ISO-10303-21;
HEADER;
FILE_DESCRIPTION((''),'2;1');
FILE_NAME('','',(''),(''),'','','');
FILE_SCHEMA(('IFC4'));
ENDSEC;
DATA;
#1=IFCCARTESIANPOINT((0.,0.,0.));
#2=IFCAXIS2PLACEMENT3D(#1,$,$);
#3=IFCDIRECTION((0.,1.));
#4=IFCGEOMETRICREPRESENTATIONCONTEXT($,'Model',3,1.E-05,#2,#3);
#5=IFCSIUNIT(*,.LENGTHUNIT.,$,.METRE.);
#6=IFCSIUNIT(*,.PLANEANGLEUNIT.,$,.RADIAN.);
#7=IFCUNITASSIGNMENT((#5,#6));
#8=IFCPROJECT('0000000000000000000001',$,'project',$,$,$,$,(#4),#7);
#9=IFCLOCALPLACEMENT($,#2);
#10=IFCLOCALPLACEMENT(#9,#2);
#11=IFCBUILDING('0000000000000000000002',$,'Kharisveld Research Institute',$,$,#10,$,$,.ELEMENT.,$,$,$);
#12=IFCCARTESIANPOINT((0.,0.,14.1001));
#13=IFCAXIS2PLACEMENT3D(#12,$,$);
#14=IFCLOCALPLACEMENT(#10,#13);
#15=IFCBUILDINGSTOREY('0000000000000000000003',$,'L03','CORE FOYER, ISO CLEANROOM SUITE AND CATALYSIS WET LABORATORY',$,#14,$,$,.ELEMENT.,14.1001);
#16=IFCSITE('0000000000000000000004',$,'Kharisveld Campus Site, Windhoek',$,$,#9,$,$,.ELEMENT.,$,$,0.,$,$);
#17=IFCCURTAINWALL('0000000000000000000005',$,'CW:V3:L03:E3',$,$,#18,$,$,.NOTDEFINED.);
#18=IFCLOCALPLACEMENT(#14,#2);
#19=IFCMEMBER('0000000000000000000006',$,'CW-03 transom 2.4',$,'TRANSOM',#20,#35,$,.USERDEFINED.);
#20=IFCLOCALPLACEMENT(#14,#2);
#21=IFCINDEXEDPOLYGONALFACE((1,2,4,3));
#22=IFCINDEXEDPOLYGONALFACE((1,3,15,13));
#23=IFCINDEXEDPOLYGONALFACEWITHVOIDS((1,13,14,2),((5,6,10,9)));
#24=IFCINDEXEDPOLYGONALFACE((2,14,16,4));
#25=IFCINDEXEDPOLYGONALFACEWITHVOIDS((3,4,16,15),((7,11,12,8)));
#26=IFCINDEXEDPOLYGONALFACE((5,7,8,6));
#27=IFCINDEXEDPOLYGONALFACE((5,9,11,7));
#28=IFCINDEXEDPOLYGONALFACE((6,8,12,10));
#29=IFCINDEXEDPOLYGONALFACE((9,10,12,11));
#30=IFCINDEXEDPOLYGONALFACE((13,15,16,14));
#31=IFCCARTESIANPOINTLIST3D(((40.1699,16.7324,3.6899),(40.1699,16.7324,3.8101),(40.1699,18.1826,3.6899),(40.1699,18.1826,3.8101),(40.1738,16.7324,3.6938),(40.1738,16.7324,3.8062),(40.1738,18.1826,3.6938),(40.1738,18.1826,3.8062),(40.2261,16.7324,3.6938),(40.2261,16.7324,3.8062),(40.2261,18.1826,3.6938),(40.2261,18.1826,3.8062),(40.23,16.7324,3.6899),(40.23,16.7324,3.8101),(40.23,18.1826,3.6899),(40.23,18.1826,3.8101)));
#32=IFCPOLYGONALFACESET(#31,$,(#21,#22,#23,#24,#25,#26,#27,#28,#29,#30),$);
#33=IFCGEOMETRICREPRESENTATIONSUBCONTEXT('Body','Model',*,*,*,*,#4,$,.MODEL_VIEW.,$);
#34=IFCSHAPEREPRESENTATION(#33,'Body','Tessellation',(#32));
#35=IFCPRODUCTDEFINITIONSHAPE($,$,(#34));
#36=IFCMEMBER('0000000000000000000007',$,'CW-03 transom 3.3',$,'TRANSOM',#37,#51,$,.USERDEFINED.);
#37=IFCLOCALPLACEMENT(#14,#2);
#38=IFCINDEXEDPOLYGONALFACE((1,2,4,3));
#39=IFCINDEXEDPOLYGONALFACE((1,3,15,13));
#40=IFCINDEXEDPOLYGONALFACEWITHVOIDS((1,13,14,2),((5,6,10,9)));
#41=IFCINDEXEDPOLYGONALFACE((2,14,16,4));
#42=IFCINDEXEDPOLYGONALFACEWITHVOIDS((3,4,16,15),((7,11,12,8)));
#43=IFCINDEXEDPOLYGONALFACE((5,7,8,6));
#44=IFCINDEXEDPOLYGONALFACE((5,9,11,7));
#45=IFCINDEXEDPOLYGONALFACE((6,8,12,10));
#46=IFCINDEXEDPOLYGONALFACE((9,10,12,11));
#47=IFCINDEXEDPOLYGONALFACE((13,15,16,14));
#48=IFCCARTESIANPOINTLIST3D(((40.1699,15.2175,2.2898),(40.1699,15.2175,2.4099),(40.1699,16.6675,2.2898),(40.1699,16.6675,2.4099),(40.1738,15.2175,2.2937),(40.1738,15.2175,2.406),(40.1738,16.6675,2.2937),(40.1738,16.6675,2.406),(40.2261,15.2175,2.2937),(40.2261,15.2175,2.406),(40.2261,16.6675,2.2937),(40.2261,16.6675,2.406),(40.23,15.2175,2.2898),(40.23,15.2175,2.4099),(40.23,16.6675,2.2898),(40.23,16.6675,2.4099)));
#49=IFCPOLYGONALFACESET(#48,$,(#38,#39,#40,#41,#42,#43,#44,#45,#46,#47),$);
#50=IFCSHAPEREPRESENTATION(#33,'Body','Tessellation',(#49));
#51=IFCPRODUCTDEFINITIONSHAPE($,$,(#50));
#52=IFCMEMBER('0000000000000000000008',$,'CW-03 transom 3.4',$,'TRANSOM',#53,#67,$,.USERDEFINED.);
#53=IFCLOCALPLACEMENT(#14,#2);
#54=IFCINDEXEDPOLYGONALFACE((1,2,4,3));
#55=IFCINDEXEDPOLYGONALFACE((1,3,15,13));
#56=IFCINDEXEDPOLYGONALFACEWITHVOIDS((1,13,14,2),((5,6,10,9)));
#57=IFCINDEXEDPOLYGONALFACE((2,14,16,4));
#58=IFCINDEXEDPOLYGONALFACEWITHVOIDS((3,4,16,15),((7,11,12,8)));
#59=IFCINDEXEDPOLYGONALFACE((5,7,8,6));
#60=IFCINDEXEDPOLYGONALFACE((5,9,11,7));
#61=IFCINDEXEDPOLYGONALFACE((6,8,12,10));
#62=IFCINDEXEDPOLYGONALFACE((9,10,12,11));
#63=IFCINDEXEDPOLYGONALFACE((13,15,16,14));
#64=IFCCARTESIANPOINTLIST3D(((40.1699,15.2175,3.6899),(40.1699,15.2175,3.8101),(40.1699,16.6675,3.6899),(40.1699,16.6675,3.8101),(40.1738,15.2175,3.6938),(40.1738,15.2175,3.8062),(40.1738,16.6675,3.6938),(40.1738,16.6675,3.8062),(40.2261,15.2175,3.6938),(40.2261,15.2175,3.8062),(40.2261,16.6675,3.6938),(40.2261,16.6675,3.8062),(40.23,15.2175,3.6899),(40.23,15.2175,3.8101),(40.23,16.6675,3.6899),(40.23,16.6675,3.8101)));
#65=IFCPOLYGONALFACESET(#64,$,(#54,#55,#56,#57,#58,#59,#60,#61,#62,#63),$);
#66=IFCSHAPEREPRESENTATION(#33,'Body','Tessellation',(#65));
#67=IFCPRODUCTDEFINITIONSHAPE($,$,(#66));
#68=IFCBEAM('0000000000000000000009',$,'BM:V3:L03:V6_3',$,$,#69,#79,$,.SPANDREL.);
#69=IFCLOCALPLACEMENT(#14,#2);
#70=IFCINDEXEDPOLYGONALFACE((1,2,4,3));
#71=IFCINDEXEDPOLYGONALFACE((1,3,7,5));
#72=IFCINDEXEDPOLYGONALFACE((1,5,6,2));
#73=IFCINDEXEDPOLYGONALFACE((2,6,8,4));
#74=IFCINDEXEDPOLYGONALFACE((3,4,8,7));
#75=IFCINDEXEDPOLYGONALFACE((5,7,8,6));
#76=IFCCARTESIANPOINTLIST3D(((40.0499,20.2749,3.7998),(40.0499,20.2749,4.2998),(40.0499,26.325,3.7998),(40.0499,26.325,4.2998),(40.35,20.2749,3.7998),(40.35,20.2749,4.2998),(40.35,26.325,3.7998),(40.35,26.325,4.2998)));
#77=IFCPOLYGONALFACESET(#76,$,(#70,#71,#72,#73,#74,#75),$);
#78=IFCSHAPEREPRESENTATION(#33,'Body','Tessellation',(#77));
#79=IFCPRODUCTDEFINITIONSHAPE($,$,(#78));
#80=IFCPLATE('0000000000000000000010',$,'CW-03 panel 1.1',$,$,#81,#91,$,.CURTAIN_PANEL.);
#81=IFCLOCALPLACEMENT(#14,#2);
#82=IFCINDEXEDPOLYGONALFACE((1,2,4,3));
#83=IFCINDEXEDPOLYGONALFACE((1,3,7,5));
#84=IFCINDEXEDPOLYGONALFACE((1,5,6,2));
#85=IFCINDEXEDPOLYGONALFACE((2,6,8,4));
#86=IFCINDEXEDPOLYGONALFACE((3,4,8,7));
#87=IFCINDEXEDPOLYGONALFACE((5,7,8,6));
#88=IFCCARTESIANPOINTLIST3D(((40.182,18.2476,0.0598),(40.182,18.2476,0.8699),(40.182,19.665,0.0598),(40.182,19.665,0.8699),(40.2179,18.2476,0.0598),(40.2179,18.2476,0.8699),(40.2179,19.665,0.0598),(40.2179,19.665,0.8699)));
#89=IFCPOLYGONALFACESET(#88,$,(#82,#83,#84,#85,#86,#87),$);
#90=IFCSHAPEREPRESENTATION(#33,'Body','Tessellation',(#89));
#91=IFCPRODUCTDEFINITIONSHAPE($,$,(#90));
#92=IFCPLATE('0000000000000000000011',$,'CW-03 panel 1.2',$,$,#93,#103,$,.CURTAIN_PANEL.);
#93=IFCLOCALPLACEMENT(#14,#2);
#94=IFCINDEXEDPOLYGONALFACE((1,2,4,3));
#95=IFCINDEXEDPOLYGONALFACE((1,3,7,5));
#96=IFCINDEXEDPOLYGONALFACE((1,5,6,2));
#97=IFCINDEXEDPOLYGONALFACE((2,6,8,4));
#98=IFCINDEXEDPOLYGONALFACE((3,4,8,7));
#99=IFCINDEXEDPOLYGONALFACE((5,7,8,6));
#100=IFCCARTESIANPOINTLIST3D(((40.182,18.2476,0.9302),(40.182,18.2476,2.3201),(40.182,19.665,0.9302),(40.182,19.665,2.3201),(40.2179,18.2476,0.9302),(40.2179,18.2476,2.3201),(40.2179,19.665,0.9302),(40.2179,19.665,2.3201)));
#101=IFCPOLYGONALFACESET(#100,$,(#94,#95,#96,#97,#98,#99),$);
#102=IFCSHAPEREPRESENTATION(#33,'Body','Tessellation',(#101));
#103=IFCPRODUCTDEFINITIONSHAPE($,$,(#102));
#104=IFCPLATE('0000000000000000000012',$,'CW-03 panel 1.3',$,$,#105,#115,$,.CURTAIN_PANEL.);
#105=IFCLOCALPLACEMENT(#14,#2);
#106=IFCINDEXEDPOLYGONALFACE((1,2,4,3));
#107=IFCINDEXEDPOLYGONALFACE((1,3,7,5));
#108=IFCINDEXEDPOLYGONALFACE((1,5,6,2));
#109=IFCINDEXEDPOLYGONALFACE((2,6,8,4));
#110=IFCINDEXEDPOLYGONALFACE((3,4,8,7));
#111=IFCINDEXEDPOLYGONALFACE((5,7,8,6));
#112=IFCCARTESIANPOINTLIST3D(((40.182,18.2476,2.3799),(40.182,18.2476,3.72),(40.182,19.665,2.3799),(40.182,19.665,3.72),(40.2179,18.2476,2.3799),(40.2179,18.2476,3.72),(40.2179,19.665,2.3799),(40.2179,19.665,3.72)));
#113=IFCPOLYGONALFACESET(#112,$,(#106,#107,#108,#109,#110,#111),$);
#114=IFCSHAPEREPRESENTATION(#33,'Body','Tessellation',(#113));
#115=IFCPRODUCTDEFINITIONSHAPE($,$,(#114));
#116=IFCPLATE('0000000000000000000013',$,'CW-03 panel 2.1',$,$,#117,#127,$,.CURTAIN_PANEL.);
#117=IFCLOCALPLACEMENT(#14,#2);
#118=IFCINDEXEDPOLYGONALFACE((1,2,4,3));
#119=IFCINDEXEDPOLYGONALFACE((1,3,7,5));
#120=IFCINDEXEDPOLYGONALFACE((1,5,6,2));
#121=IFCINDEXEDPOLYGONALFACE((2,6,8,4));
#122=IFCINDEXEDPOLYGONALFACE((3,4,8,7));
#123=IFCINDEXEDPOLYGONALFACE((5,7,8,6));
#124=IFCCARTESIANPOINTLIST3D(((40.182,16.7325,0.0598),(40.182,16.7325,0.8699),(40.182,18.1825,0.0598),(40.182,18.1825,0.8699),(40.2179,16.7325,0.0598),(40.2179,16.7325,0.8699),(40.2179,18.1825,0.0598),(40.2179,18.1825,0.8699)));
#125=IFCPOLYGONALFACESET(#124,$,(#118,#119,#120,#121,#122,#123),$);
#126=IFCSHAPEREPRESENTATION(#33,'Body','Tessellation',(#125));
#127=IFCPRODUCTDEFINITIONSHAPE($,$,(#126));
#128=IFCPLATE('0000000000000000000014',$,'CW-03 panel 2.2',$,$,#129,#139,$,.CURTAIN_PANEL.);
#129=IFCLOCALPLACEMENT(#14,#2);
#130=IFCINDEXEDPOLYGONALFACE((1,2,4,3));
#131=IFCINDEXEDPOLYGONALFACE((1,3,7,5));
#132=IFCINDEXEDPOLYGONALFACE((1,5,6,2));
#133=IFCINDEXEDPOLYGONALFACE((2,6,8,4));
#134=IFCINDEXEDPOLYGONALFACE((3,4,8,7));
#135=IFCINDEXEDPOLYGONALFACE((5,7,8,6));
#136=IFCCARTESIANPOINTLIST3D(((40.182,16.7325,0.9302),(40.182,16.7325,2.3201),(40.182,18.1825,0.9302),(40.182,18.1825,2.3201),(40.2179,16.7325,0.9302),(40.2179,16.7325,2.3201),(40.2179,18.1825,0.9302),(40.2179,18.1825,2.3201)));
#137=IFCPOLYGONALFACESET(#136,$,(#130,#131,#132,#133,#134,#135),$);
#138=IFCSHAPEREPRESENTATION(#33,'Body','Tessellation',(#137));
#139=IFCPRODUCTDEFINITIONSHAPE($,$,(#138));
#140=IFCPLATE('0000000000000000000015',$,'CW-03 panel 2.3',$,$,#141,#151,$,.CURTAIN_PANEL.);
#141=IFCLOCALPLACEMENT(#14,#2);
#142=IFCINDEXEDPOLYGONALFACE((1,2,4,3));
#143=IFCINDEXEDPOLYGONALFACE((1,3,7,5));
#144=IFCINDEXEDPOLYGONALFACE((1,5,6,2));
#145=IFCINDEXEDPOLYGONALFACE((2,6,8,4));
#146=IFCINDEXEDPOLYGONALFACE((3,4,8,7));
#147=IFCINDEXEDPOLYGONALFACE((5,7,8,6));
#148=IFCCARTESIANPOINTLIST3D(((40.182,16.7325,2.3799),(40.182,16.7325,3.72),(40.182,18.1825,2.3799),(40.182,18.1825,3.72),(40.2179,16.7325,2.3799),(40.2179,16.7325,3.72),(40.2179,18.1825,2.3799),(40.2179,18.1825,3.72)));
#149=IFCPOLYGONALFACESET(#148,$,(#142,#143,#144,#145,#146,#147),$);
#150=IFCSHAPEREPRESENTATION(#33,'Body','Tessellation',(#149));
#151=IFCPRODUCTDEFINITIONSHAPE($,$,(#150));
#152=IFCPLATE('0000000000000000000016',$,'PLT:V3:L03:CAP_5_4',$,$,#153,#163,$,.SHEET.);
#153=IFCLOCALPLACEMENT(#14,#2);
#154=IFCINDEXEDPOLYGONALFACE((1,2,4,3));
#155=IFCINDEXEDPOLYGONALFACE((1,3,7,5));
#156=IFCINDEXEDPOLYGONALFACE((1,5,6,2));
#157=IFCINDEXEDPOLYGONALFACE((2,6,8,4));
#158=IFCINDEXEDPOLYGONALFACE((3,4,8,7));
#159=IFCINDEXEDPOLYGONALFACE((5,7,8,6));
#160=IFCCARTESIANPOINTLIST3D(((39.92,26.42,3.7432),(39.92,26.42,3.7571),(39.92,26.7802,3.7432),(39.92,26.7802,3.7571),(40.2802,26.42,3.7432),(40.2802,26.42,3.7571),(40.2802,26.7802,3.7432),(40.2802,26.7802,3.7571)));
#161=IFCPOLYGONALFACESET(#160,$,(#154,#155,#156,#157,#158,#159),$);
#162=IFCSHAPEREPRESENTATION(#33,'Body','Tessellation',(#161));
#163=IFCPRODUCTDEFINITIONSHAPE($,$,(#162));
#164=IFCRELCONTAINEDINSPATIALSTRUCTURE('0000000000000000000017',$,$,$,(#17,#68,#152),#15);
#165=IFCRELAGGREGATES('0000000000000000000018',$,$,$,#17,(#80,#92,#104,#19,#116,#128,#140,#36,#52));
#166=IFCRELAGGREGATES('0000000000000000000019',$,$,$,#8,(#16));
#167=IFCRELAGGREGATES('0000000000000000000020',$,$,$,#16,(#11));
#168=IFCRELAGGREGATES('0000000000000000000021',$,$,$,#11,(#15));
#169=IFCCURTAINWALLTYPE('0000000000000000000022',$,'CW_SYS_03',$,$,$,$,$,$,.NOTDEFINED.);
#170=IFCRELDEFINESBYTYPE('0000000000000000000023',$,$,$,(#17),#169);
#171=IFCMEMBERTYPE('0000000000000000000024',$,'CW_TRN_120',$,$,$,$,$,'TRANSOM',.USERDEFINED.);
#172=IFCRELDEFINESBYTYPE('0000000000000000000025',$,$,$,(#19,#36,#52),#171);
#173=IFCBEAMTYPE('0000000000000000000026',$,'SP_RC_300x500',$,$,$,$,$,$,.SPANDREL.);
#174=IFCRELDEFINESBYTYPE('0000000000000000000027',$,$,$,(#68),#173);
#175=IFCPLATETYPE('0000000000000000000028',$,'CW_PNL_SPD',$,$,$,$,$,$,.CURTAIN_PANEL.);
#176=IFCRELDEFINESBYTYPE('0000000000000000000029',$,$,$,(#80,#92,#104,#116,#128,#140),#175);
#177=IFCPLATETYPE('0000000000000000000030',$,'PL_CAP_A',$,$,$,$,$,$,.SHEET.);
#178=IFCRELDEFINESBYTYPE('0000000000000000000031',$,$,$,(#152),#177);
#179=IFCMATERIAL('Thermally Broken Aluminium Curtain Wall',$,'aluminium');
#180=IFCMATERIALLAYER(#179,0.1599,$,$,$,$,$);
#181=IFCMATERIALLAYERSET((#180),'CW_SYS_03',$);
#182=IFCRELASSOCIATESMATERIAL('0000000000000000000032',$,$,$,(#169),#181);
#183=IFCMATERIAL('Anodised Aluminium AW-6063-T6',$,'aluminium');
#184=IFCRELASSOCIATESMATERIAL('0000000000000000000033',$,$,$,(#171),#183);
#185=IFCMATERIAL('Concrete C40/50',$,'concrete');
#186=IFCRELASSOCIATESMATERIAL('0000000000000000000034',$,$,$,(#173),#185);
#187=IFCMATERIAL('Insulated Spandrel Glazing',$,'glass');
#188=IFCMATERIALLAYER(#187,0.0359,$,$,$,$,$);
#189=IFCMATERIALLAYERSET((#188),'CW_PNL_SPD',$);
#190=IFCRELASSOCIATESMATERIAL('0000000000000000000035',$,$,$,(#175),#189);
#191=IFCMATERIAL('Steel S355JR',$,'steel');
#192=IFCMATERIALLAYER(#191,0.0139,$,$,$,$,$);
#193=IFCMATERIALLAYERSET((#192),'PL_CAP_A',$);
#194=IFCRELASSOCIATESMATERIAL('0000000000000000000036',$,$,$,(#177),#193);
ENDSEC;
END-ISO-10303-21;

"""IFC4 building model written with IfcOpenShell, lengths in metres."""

from ifc_helpers import new_model, si_unit, direction, frame, origin, origin_2d, place, context, subcontext, project, spatial, rectangle, hollow_rectangle, extrude, material, layer, layer_set, material_profile, profile_set, type_object, element, aggregate, save


model = new_model("IFC4")

# Units and contexts
model_context = context("Model", 3, precision=1e-05, world=origin(), true_north=direction((0.0, 1.0)))
body_context = subcontext(model_context, "Body", "Model", "MODEL_VIEW")
ifc_project = project(units=[si_unit("LENGTHUNIT", "METRE"), si_unit("PLANEANGLEUNIT", "RADIAN")], contexts=[model_context])

# Site, building, storey
site_placement = place(None, origin())
site = spatial("IfcSite", under=ifc_project, at=site_placement, Name="Kharisveld Campus Site, Windhoek", CompositionType="ELEMENT", RefElevation=0.0)
building_placement = place(site_placement, origin())
building = spatial("IfcBuilding", under=site, at=building_placement, Name="Kharisveld Research Institute", CompositionType="ELEMENT")
storey_placement = place(building_placement, frame((0.0, 0.0, 14.1001)))
storey = spatial("IfcBuildingStorey", under=building, at=storey_placement, Name="L03", Description="CORE FOYER, ISO CLEANROOM SUITE AND CATALYSIS WET LABORATORY", CompositionType="ELEMENT", Elevation=14.1001)

# Curtain wall, members
ifc_material_1 = material(Name="Thermally Broken Aluminium Curtain Wall", Category="aluminium")
ifc_layer_1 = layer(ifc_material_1, 0.1599)
ifc_layer_set_1 = layer_set([ifc_layer_1], Name="CW_SYS_03")
curtain_wall_type = type_object("IfcCurtainWallType", Name="CW_SYS_03", PredefinedType="NOTDEFINED", material=ifc_layer_set_1)
curtain_wall_placement = place(storey_placement, origin())
curtain_wall = element("IfcCurtainWall", 1, at=curtain_wall_placement, inside=storey, type_object=curtain_wall_type, Name="CW:V3:L03:E3", PredefinedType="NOTDEFINED")
ifc_material_2 = material(Name="Anodised Aluminium AW-6063-T6", Category="aluminium")
ifc_material_profile_1 = material_profile(ifc_material_2, hollow_rectangle(XDim=0.0601, YDim=0.1201, WallThickness=0.0039, at=origin_2d()))
ifc_profile_set_1 = profile_set([ifc_material_profile_1], Name="Anodised Aluminium AW-6063-T6")
member_type_1 = type_object("IfcMemberType", Name="CW_TRN_120", ElementType="TRANSOM", PredefinedType="USERDEFINED", material=ifc_profile_set_1)
member_1_placement = place(storey_placement, frame((40.2, 18.1826, 3.75), z_axis=(0.0, -1.0, 0.0), x_axis=(1.0, 0.0, 0.0)))
member_1 = element("IfcMember", 2, at=member_1_placement, type_object=member_type_1, Name="CW-03 transom 2.4", ObjectType="TRANSOM", PredefinedType="USERDEFINED", context=body_context, shape_type="SweptSolid", body=[
    extrude(hollow_rectangle(XDim=0.0601, YDim=0.1201, WallThickness=0.0039, at=origin_2d()), origin(), (0.0, 0.0, 1.0), 1.4502),
])
member_2_placement = place(storey_placement, frame((40.2, 16.6675, 2.3499), z_axis=(0.0, -1.0, 0.0), x_axis=(1.0, 0.0, 0.0)))
member_2 = element("IfcMember", 3, at=member_2_placement, type_object=member_type_1, Name="CW-03 transom 3.3", ObjectType="TRANSOM", PredefinedType="USERDEFINED", context=body_context, shape_type="SweptSolid", body=[
    extrude(hollow_rectangle(XDim=0.0601, YDim=0.1201, WallThickness=0.0039, at=origin_2d()), origin(), (0.0, 0.0, 1.0), 1.45),
])
member_3_placement = place(storey_placement, frame((40.2, 16.6675, 3.75), z_axis=(0.0, -1.0, 0.0), x_axis=(1.0, 0.0, 0.0)))
member_3 = element("IfcMember", 4, at=member_3_placement, type_object=member_type_1, Name="CW-03 transom 3.4", ObjectType="TRANSOM", PredefinedType="USERDEFINED", context=body_context, shape_type="SweptSolid", body=[
    extrude(hollow_rectangle(XDim=0.0601, YDim=0.1201, WallThickness=0.0039, at=origin_2d()), origin(), (0.0, 0.0, 1.0), 1.45),
])

# Beam
ifc_material_3 = material(Name="Concrete C40/50", Category="concrete")
ifc_material_profile_2 = material_profile(ifc_material_3, rectangle(XDim=0.3, YDim=0.5, at=origin_2d()))
ifc_profile_set_2 = profile_set([ifc_material_profile_2], Name="Concrete C40/50")
beam_type = type_object("IfcBeamType", Name="SP_RC_300x500", PredefinedType="SPANDREL", material=ifc_profile_set_2)
beam_placement = place(storey_placement, frame((40.2, 20.2749, 4.0498), z_axis=(0.0, 1.0, 0.0), x_axis=(-1.0, 0.0, 0.0)))
element("IfcBeam", 5, at=beam_placement, inside=storey, type_object=beam_type, Name="BM:V3:L03:V6_3", PredefinedType="SPANDREL", context=body_context, shape_type="SweptSolid", body=[
    extrude(rectangle(XDim=0.3, YDim=0.5, at=origin_2d()), origin(), (0.0, 0.0, 1.0), 6.05),
])

# Plates
ifc_material_4 = material(Name="Insulated Spandrel Glazing", Category="glass")
ifc_layer_2 = layer(ifc_material_4, 0.0359)
ifc_layer_set_2 = layer_set([ifc_layer_2], Name="CW_PNL_SPD")
plate_type_1 = type_object("IfcPlateType", Name="CW_PNL_SPD", PredefinedType="CURTAIN_PANEL", material=ifc_layer_set_2)
plate_1_placement = place(storey_placement, frame((40.2, 18.9563, 0.0598), z_axis=(0.0, 0.0, 1.0), x_axis=(0.0, -1.0, 0.0)))
plate_1 = element("IfcPlate", 6, at=plate_1_placement, type_object=plate_type_1, Name="CW-03 panel 1.1", PredefinedType="CURTAIN_PANEL", context=body_context, shape_type="SweptSolid", body=[
    extrude(rectangle(XDim=1.4175, YDim=0.0359, at=origin_2d()), origin(), (0.0, 0.0, 1.0), 0.8101),
])
plate_2_placement = place(storey_placement, frame((40.2, 18.9563, 0.9302), z_axis=(0.0, 0.0, 1.0), x_axis=(0.0, -1.0, 0.0)))
plate_2 = element("IfcPlate", 7, at=plate_2_placement, type_object=plate_type_1, Name="CW-03 panel 1.2", PredefinedType="CURTAIN_PANEL", context=body_context, shape_type="SweptSolid", body=[
    extrude(rectangle(XDim=1.4175, YDim=0.0359, at=origin_2d()), origin(), (0.0, 0.0, 1.0), 1.3899),
])
plate_3_placement = place(storey_placement, frame((40.2, 18.9563, 2.3799), z_axis=(0.0, 0.0, 1.0), x_axis=(0.0, -1.0, 0.0)))
plate_3 = element("IfcPlate", 8, at=plate_3_placement, type_object=plate_type_1, Name="CW-03 panel 1.3", PredefinedType="CURTAIN_PANEL", context=body_context, shape_type="SweptSolid", body=[
    extrude(rectangle(XDim=1.4175, YDim=0.0359, at=origin_2d()), origin(), (0.0, 0.0, 1.0), 1.3401),
])
plate_4_placement = place(storey_placement, frame((40.2, 17.4575, 0.0598), z_axis=(0.0, 0.0, 1.0), x_axis=(0.0, -1.0, 0.0)))
plate_4 = element("IfcPlate", 9, at=plate_4_placement, type_object=plate_type_1, Name="CW-03 panel 2.1", PredefinedType="CURTAIN_PANEL", context=body_context, shape_type="SweptSolid", body=[
    extrude(rectangle(XDim=1.45, YDim=0.0359, at=origin_2d()), origin(), (0.0, 0.0, 1.0), 0.8101),
])
plate_5_placement = place(storey_placement, frame((40.2, 17.4575, 0.9302), z_axis=(0.0, 0.0, 1.0), x_axis=(0.0, -1.0, 0.0)))
plate_5 = element("IfcPlate", 10, at=plate_5_placement, type_object=plate_type_1, Name="CW-03 panel 2.2", PredefinedType="CURTAIN_PANEL", context=body_context, shape_type="SweptSolid", body=[
    extrude(rectangle(XDim=1.45, YDim=0.0359, at=origin_2d()), origin(), (0.0, 0.0, 1.0), 1.3899),
])
plate_6_placement = place(storey_placement, frame((40.2, 17.4575, 2.3799), z_axis=(0.0, 0.0, 1.0), x_axis=(0.0, -1.0, 0.0)))
plate_6 = element("IfcPlate", 11, at=plate_6_placement, type_object=plate_type_1, Name="CW-03 panel 2.3", PredefinedType="CURTAIN_PANEL", context=body_context, shape_type="SweptSolid", body=[
    extrude(rectangle(XDim=1.45, YDim=0.0359, at=origin_2d()), origin(), (0.0, 0.0, 1.0), 1.3401),
])
aggregate(curtain_wall, [plate_1, plate_2, plate_3, member_1, plate_4, plate_5, plate_6, member_2, member_3])
ifc_material_5 = material(Name="Steel S355JR", Category="steel")
ifc_layer_3 = layer(ifc_material_5, 0.0139)
ifc_layer_set_3 = layer_set([ifc_layer_3], Name="PL_CAP_A")
plate_type_2 = type_object("IfcPlateType", Name="PL_CAP_A", PredefinedType="SHEET", material=ifc_layer_set_3)
plate_7_placement = place(storey_placement, frame((40.1001, 26.6001, 3.7432), z_axis=(0.0, 0.0, 1.0), x_axis=(1.0, 0.0, 0.0)))
element("IfcPlate", 12, at=plate_7_placement, inside=storey, type_object=plate_type_2, Name="PLT:V3:L03:CAP_5_4", PredefinedType="SHEET", context=body_context, shape_type="SweptSolid", body=[
    extrude(rectangle(XDim=0.3601, YDim=0.3601, at=origin_2d()), origin(), (0.0, 0.0, 1.0), 0.0139),
])

save(model, "model.ifc")
